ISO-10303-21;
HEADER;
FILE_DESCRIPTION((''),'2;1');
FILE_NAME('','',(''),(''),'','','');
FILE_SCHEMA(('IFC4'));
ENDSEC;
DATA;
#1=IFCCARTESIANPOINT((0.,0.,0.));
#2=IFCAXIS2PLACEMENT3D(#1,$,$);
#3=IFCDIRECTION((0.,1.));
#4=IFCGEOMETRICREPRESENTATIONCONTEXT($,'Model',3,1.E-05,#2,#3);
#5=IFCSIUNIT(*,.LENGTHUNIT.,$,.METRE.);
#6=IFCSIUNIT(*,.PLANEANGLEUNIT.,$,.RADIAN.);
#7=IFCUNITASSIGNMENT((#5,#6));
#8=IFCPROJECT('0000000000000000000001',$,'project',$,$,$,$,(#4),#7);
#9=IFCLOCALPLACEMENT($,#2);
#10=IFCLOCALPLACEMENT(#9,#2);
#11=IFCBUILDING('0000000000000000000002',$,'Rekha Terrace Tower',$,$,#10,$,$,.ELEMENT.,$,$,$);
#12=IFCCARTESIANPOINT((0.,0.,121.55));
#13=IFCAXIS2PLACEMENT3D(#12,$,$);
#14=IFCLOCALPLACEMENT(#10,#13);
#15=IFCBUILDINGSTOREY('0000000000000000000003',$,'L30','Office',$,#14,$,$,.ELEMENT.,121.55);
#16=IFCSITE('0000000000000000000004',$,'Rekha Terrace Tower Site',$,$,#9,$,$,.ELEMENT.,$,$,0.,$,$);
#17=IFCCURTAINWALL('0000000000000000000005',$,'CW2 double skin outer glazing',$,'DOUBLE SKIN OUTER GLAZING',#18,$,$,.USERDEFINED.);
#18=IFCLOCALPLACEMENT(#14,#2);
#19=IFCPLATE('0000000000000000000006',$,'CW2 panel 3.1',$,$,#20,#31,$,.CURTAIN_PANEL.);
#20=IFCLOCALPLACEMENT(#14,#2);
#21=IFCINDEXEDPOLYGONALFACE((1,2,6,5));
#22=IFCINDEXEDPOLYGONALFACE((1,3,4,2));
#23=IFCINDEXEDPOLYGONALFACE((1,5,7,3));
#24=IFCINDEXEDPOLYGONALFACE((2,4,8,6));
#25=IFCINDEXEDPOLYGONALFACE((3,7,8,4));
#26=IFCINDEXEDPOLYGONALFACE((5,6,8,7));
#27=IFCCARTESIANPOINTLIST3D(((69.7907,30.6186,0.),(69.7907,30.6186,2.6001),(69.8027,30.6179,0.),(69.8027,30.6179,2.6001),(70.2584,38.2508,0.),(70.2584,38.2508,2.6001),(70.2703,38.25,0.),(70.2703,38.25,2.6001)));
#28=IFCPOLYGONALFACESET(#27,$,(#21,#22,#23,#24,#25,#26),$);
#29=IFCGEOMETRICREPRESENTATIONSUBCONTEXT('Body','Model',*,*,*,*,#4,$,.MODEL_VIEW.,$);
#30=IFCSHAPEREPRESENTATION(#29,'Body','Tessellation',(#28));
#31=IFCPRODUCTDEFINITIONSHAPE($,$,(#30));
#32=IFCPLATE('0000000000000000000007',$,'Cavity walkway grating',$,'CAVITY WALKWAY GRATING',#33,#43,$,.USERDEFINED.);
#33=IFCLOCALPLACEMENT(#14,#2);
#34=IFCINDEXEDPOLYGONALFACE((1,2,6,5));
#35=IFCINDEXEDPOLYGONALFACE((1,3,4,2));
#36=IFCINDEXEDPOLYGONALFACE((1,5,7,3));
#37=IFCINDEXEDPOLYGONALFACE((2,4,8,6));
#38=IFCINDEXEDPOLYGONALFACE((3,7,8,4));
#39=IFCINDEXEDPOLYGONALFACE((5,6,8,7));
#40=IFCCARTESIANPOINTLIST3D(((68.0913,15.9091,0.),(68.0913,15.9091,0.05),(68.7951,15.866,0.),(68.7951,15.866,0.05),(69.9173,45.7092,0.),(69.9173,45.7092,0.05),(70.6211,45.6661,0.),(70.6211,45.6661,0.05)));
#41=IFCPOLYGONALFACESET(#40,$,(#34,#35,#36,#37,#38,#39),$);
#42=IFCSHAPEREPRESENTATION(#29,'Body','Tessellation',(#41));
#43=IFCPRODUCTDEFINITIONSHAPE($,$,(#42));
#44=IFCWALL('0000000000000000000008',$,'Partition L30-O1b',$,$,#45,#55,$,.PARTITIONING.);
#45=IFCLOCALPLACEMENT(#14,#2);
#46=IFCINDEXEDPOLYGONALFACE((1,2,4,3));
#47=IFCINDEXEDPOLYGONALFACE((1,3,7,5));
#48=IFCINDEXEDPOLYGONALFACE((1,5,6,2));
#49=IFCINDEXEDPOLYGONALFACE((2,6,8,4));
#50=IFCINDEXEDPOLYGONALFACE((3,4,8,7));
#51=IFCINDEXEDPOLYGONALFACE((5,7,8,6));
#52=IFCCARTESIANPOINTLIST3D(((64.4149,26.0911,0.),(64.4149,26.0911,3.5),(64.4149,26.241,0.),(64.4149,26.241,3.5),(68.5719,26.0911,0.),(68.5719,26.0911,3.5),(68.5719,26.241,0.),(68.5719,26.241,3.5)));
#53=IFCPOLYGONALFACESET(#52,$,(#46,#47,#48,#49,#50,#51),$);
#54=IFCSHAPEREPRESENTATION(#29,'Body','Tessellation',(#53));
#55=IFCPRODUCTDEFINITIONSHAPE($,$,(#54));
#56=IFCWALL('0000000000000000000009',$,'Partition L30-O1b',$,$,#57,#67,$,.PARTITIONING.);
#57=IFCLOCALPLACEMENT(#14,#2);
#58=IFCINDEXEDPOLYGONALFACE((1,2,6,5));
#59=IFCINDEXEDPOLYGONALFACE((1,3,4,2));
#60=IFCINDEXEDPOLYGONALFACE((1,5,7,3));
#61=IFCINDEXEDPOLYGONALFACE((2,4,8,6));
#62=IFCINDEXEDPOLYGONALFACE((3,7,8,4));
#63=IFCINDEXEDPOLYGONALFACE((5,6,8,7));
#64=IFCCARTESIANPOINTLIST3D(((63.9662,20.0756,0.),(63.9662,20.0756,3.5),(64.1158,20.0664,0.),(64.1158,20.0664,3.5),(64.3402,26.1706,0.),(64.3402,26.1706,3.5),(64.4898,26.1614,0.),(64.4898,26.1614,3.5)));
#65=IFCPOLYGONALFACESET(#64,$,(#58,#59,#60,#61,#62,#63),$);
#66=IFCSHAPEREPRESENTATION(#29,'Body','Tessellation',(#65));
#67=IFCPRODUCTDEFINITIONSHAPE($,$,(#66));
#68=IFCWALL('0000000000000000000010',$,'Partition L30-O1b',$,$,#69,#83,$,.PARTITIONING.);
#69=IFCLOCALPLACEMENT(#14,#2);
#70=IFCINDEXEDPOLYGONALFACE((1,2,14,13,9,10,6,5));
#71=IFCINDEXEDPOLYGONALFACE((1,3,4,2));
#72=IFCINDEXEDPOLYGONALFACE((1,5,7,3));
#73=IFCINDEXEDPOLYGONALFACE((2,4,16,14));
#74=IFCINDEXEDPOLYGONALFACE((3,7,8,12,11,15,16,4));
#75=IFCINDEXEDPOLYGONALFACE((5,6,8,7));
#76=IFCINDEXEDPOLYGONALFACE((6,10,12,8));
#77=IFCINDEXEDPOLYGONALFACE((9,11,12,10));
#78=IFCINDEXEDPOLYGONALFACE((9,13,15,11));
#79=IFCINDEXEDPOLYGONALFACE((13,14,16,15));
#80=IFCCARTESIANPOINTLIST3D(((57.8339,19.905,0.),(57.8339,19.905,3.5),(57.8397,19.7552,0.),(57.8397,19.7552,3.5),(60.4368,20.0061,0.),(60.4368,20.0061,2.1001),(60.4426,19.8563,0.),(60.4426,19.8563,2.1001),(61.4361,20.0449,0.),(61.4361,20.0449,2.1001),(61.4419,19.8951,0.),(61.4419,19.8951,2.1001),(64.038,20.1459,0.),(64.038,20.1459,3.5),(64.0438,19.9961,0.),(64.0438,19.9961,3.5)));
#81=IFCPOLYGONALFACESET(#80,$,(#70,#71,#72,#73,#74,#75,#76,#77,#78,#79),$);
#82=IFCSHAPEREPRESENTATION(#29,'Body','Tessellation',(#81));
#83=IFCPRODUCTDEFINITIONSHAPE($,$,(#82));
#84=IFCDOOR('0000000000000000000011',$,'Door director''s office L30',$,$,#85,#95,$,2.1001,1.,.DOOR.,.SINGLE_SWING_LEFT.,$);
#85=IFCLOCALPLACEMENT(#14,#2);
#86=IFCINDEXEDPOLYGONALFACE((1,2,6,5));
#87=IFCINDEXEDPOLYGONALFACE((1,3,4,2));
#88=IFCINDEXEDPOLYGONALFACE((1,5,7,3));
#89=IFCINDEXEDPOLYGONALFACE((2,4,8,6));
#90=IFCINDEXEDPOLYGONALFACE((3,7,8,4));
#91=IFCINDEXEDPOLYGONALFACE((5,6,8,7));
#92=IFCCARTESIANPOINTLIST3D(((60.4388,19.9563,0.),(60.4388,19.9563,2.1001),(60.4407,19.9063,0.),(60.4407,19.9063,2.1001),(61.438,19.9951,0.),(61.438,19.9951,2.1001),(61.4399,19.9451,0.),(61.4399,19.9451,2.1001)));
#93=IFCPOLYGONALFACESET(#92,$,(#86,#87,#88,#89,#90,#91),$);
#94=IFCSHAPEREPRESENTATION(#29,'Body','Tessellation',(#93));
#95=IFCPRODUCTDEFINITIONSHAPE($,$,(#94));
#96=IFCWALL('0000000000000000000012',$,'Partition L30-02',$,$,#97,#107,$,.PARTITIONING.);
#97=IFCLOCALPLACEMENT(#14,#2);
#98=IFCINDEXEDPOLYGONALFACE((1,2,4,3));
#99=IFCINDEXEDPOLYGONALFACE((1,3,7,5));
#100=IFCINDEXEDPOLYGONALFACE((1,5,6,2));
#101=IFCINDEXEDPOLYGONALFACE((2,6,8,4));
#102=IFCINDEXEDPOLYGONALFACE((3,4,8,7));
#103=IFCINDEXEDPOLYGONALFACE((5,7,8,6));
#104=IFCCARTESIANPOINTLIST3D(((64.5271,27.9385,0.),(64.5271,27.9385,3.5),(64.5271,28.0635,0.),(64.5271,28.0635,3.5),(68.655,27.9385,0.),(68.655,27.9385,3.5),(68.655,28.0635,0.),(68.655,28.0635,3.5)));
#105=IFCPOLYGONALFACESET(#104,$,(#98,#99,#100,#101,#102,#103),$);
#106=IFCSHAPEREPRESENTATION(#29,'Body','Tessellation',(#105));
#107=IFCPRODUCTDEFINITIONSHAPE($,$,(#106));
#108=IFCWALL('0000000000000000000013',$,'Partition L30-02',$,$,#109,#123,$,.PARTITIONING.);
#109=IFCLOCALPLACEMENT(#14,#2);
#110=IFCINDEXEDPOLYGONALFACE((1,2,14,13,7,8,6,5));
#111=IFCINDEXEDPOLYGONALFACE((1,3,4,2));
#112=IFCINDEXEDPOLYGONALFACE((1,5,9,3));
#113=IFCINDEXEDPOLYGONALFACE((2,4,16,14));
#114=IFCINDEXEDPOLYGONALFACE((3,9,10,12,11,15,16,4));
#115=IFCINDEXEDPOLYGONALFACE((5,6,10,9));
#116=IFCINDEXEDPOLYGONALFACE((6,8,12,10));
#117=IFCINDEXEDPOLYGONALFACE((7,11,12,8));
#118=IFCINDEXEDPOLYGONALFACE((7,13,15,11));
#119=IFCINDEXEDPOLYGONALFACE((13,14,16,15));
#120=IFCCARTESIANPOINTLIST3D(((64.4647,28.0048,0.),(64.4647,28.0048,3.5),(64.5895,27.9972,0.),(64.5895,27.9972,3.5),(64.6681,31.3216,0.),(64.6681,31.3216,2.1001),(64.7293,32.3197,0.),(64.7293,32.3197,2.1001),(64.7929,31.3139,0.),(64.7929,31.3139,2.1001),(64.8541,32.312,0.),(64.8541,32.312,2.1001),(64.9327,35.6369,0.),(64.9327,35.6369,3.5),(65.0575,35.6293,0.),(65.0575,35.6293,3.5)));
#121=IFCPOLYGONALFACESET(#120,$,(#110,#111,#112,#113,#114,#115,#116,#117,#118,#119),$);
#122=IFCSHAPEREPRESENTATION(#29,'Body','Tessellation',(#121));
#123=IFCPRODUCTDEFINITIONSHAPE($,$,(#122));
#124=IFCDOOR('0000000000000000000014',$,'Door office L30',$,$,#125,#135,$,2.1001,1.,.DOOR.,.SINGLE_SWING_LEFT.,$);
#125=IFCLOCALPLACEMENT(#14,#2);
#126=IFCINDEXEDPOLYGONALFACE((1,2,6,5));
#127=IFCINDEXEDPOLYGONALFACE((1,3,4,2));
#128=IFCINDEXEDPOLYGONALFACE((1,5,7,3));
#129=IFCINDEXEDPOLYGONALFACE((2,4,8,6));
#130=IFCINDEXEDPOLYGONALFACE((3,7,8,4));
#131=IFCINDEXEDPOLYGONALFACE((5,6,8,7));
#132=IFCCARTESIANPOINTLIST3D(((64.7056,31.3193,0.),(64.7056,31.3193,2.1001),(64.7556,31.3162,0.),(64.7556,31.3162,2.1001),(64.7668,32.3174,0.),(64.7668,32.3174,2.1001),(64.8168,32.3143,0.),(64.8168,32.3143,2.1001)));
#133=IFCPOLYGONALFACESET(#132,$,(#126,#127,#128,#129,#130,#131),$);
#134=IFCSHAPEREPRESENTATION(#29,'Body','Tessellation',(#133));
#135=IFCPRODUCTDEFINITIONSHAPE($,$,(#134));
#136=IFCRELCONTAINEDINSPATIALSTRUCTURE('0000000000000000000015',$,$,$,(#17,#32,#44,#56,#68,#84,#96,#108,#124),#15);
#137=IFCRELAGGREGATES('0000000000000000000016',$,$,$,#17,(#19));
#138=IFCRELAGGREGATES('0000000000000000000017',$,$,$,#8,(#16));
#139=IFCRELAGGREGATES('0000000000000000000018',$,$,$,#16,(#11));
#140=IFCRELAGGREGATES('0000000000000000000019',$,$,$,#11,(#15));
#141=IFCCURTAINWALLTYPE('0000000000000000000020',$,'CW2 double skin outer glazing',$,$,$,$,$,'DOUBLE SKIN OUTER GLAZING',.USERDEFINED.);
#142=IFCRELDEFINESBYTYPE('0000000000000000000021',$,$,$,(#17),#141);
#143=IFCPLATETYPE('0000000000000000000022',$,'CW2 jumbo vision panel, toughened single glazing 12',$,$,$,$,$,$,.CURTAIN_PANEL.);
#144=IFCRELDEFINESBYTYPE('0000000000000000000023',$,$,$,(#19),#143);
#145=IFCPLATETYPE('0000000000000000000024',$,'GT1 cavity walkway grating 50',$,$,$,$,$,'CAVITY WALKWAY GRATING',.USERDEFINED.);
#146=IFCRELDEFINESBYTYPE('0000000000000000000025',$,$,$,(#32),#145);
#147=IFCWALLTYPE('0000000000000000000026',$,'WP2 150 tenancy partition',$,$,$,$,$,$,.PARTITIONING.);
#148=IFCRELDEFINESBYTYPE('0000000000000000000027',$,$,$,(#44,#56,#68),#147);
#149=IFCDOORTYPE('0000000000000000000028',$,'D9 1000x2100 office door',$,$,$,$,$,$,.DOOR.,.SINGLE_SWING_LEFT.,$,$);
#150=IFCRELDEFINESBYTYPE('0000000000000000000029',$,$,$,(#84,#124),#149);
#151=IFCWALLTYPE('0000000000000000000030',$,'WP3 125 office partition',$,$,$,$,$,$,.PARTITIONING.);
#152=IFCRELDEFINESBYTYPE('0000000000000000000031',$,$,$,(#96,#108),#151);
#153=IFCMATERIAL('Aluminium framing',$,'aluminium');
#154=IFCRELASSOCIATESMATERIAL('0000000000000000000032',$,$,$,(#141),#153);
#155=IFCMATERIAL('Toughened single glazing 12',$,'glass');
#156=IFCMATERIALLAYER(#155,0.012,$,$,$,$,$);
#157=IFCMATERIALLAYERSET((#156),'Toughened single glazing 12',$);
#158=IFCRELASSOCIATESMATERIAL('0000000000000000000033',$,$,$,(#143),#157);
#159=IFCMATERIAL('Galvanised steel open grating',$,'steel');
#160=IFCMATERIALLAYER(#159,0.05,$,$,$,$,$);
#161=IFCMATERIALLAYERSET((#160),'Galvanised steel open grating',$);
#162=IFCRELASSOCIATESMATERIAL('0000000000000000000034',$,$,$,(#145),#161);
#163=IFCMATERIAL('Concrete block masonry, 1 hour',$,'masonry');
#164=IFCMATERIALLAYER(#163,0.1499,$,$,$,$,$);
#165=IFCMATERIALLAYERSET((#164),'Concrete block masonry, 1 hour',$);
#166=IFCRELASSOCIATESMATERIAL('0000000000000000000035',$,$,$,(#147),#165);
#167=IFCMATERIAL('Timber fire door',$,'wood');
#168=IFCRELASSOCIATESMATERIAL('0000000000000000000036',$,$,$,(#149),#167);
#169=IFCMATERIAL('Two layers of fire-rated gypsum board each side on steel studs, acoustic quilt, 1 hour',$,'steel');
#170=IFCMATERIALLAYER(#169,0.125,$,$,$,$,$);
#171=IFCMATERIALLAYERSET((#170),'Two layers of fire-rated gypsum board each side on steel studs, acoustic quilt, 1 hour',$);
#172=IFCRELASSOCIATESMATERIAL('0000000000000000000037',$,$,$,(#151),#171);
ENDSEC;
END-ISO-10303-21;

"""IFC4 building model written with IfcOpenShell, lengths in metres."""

from ifc_helpers import new_model, si_unit, direction, frame, frame_2d, origin, origin_2d, place, context, subcontext, project, spatial, rectangle, extrude, material, layer, layer_set, type_object, element, fill, aggregate, save


model = new_model("IFC4")

# Units and contexts
model_context = context("Model", 3, precision=1e-05, world=origin(), true_north=direction((0.0, 1.0)))
body_context = subcontext(model_context, "Body", "Model", "MODEL_VIEW")
ifc_project = project(units=[si_unit("LENGTHUNIT", "METRE"), si_unit("PLANEANGLEUNIT", "RADIAN")], contexts=[model_context])

# Site, building, storey
site_placement = place(None, origin())
site = spatial("IfcSite", under=ifc_project, at=site_placement, Name="Rekha Terrace Tower Site", CompositionType="ELEMENT", RefElevation=0.0)
building_placement = place(site_placement, origin())
building = spatial("IfcBuilding", under=site, at=building_placement, Name="Rekha Terrace Tower", CompositionType="ELEMENT")
storey_placement = place(building_placement, frame((0.0, 0.0, 121.55)))
storey = spatial("IfcBuildingStorey", under=building, at=storey_placement, Name="L30", Description="Office", CompositionType="ELEMENT", Elevation=121.55)

# Curtain wall
ifc_material_1 = material(Name="Aluminium framing", Category="aluminium")
curtain_wall_type_1 = type_object("IfcCurtainWallType", Name="CW2 double skin outer glazing", ElementType="DOUBLE SKIN OUTER GLAZING", PredefinedType="USERDEFINED", material=ifc_material_1)
curtain_wall_1_placement = place(storey_placement, origin())
curtain_wall_1 = element("IfcCurtainWall", 1, at=curtain_wall_1_placement, inside=storey, type_object=curtain_wall_type_1, Name="CW2 double skin outer glazing", ObjectType="DOUBLE SKIN OUTER GLAZING", PredefinedType="USERDEFINED")

# Plates
ifc_material_2 = material(Name="Toughened single glazing 12", Category="glass")
ifc_layer_1 = layer(ifc_material_2, 0.012)
ifc_layer_set_1 = layer_set([ifc_layer_1], Name="Toughened single glazing 12")
plate_type_1 = type_object("IfcPlateType", Name="CW2 jumbo vision panel, toughened single glazing 12", PredefinedType="CURTAIN_PANEL", material=ifc_layer_set_1)
plate_1_placement = place(storey_placement, frame((70.0305, 34.4343, 0.0), z_axis=(0.0, 0.0, 1.0), x_axis=(0.06116, 0.998128, 0.0)))
plate_1 = element("IfcPlate", 2, at=plate_1_placement, type_object=plate_type_1, Name="CW2 panel 3.1", PredefinedType="CURTAIN_PANEL", context=body_context, shape_type="SweptSolid", body=[
    extrude(rectangle(XDim=7.6465, YDim=0.012, at=origin_2d()), origin(), (0.0, 0.0, 1.0), 2.6001),
])
aggregate(curtain_wall_1, [plate_1])
ifc_material_3 = material(Name="Galvanised steel open grating", Category="steel")
ifc_layer_2 = layer(ifc_material_3, 0.05)
ifc_layer_set_2 = layer_set([ifc_layer_2], Name="Galvanised steel open grating")
plate_type_2 = type_object("IfcPlateType", Name="GT1 cavity walkway grating 50", ElementType="CAVITY WALKWAY GRATING", PredefinedType="USERDEFINED", material=ifc_layer_set_2)
plate_2_placement = place(storey_placement, frame((69.3562, 30.7876, 0.0), z_axis=(0.0, 0.0, 1.0), x_axis=(0.06116, 0.998128, 0.0)))
element("IfcPlate", 3, at=plate_2_placement, inside=storey, type_object=plate_type_2, Name="Cavity walkway grating", ObjectType="CAVITY WALKWAY GRATING", PredefinedType="USERDEFINED", context=body_context, shape_type="SweptSolid", body=[
    extrude(rectangle(XDim=29.856, YDim=0.7051, at=origin_2d()), origin(), (0.0, 0.0, 1.0), 0.05),
])

# Walls
ifc_material_4 = material(Name="Concrete block masonry, 1 hour", Category="masonry")
ifc_layer_3 = layer(ifc_material_4, 0.1499)
ifc_layer_set_3 = layer_set([ifc_layer_3], Name="Concrete block masonry, 1 hour")
wall_type_1 = type_object("IfcWallType", Name="WP2 150 tenancy partition", PredefinedType="PARTITIONING", material=ifc_layer_set_3)
wall_1_placement = place(storey_placement, frame((68.572, 26.166, 0.0), z_axis=(0.0, 0.0, 1.0), x_axis=(-1.0, 0.0, 0.0)))
element("IfcWall", 4, at=wall_1_placement, inside=storey, type_object=wall_type_1, Name="Partition L30-O1b", PredefinedType="PARTITIONING", context=body_context, shape_type="SweptSolid", body=[
    extrude(rectangle(XDim=4.157, YDim=0.1499, at=frame_2d((2.0786, 0.0))), origin(), (0.0, 0.0, 1.0), 3.5),
])
wall_2_placement = place(storey_placement, frame((64.415, 26.166, 0.0), z_axis=(0.0, 0.0, 1.0), x_axis=(-0.061251, -0.998122, 0.0)))
element("IfcWall", 5, at=wall_2_placement, inside=storey, type_object=wall_type_1, Name="Partition L30-O1b", PredefinedType="PARTITIONING", context=body_context, shape_type="SweptSolid", body=[
    extrude(rectangle(XDim=6.1064, YDim=0.1499, at=frame_2d((3.0532, 0.0))), origin(), (0.0, 0.0, 1.0), 3.5),
])

# Wall, opening, door
wall_3_placement = place(storey_placement, frame((64.041, 20.071, 0.0), z_axis=(0.0, 0.0, 1.0), x_axis=(-0.999247, -0.038811, 0.0)))
wall_3 = element("IfcWall", 6, at=wall_3_placement, inside=storey, type_object=wall_type_1, Name="Partition L30-O1b", PredefinedType="PARTITIONING", context=body_context, shape_type="SweptSolid", body=[
    extrude(rectangle(XDim=6.2087, YDim=0.1499, at=frame_2d((3.1045, 0.0))), origin(), (0.0, 0.0, 1.0), 3.5),
])
opening_1_placement = place(wall_3_placement, frame((2.604, 0.0, 0.0)))
opening_1 = element("IfcOpeningElement", 7, at=opening_1_placement, cuts=wall_3, PredefinedType="OPENING", context=body_context, shape_type="SweptSolid", body=[
    extrude(rectangle(XDim=1.0, YDim=2.1001, at=frame_2d((0.5, 1.05))), frame((0.0, 0.085, 0.0), z_axis=(0.0, -1.0, 0.0), x_axis=(1.0, 0.0, 0.0)), (0.0, 0.0, 1.0), 0.1699),
])
ifc_material_5 = material(Name="Timber fire door", Category="wood")
door_type = type_object("IfcDoorType", Name="D9 1000x2100 office door", OperationType="SINGLE_SWING_LEFT", PredefinedType="DOOR", material=ifc_material_5)
door_1_placement = place(opening_1_placement, origin())
door_1 = element("IfcDoor", 8, at=door_1_placement, inside=storey, type_object=door_type, Name="Door director's office L30", OperationType="SINGLE_SWING_LEFT", OverallHeight=2.1001, OverallWidth=1.0, PredefinedType="DOOR", context=body_context, shape_type="SweptSolid", body=[
    extrude(rectangle(XDim=1.0, YDim=2.1001, at=frame_2d((0.5, 1.05))), frame((0.0, 0.0249, 0.0), z_axis=(0.0, -1.0, 0.0), x_axis=(1.0, 0.0, 0.0)), (0.0, 0.0, 1.0), 0.05),
])
fill(opening_1, door_1)

# Wall
ifc_material_6 = material(Name="Two layers of fire-rated gypsum board each side on steel studs, acoustic quilt, 1 hour", Category="steel")
ifc_layer_4 = layer(ifc_material_6, 0.125)
ifc_layer_set_4 = layer_set([ifc_layer_4], Name="Two layers of fire-rated gypsum board each side on steel studs, acoustic quilt, 1 hour")
wall_type_2 = type_object("IfcWallType", Name="WP3 125 office partition", PredefinedType="PARTITIONING", material=ifc_layer_set_4)
wall_4_placement = place(storey_placement, frame((68.655, 28.001, 0.0), z_axis=(0.0, 0.0, 1.0), x_axis=(-1.0, 0.0, 0.0)))
element("IfcWall", 9, at=wall_4_placement, inside=storey, type_object=wall_type_2, Name="Partition L30-02", PredefinedType="PARTITIONING", context=body_context, shape_type="SweptSolid", body=[
    extrude(rectangle(XDim=4.1279, YDim=0.125, at=frame_2d((2.064, 0.0))), origin(), (0.0, 0.0, 1.0), 3.5),
])

# Wall, opening, door
wall_5_placement = place(storey_placement, frame((64.5271, 28.001, 0.0), z_axis=(0.0, 0.0, 1.0), x_axis=(0.061207, 0.998125, 0.0)))
wall_5 = element("IfcWall", 10, at=wall_5_placement, inside=storey, type_object=wall_type_2, Name="Partition L30-02", PredefinedType="PARTITIONING", context=body_context, shape_type="SweptSolid", body=[
    extrude(rectangle(XDim=7.6465, YDim=0.125, at=frame_2d((3.8232, 0.0))), origin(), (0.0, 0.0, 1.0), 3.5),
])
opening_2_placement = place(wall_5_placement, frame((3.323, 0.0, 0.0)))
opening_2 = element("IfcOpeningElement", 11, at=opening_2_placement, cuts=wall_5, PredefinedType="OPENING", context=body_context, shape_type="SweptSolid", body=[
    extrude(rectangle(XDim=1.0, YDim=2.1001, at=frame_2d((0.5, 1.05))), frame((0.0, 0.0725, 0.0), z_axis=(0.0, -1.0, 0.0), x_axis=(1.0, 0.0, 0.0)), (0.0, 0.0, 1.0), 0.145),
])
door_2_placement = place(opening_2_placement, origin())
door_2 = element("IfcDoor", 12, at=door_2_placement, inside=storey, type_object=door_type, Name="Door office L30", OperationType="SINGLE_SWING_LEFT", OverallHeight=2.1001, OverallWidth=1.0, PredefinedType="DOOR", context=body_context, shape_type="SweptSolid", body=[
    extrude(rectangle(XDim=1.0, YDim=2.1001, at=frame_2d((0.5, 1.05))), frame((0.0, 0.0249, 0.0), z_axis=(0.0, -1.0, 0.0), x_axis=(1.0, 0.0, 0.0)), (0.0, 0.0, 1.0), 0.05),
])
fill(opening_2, door_2)

save(model, "model.ifc")
